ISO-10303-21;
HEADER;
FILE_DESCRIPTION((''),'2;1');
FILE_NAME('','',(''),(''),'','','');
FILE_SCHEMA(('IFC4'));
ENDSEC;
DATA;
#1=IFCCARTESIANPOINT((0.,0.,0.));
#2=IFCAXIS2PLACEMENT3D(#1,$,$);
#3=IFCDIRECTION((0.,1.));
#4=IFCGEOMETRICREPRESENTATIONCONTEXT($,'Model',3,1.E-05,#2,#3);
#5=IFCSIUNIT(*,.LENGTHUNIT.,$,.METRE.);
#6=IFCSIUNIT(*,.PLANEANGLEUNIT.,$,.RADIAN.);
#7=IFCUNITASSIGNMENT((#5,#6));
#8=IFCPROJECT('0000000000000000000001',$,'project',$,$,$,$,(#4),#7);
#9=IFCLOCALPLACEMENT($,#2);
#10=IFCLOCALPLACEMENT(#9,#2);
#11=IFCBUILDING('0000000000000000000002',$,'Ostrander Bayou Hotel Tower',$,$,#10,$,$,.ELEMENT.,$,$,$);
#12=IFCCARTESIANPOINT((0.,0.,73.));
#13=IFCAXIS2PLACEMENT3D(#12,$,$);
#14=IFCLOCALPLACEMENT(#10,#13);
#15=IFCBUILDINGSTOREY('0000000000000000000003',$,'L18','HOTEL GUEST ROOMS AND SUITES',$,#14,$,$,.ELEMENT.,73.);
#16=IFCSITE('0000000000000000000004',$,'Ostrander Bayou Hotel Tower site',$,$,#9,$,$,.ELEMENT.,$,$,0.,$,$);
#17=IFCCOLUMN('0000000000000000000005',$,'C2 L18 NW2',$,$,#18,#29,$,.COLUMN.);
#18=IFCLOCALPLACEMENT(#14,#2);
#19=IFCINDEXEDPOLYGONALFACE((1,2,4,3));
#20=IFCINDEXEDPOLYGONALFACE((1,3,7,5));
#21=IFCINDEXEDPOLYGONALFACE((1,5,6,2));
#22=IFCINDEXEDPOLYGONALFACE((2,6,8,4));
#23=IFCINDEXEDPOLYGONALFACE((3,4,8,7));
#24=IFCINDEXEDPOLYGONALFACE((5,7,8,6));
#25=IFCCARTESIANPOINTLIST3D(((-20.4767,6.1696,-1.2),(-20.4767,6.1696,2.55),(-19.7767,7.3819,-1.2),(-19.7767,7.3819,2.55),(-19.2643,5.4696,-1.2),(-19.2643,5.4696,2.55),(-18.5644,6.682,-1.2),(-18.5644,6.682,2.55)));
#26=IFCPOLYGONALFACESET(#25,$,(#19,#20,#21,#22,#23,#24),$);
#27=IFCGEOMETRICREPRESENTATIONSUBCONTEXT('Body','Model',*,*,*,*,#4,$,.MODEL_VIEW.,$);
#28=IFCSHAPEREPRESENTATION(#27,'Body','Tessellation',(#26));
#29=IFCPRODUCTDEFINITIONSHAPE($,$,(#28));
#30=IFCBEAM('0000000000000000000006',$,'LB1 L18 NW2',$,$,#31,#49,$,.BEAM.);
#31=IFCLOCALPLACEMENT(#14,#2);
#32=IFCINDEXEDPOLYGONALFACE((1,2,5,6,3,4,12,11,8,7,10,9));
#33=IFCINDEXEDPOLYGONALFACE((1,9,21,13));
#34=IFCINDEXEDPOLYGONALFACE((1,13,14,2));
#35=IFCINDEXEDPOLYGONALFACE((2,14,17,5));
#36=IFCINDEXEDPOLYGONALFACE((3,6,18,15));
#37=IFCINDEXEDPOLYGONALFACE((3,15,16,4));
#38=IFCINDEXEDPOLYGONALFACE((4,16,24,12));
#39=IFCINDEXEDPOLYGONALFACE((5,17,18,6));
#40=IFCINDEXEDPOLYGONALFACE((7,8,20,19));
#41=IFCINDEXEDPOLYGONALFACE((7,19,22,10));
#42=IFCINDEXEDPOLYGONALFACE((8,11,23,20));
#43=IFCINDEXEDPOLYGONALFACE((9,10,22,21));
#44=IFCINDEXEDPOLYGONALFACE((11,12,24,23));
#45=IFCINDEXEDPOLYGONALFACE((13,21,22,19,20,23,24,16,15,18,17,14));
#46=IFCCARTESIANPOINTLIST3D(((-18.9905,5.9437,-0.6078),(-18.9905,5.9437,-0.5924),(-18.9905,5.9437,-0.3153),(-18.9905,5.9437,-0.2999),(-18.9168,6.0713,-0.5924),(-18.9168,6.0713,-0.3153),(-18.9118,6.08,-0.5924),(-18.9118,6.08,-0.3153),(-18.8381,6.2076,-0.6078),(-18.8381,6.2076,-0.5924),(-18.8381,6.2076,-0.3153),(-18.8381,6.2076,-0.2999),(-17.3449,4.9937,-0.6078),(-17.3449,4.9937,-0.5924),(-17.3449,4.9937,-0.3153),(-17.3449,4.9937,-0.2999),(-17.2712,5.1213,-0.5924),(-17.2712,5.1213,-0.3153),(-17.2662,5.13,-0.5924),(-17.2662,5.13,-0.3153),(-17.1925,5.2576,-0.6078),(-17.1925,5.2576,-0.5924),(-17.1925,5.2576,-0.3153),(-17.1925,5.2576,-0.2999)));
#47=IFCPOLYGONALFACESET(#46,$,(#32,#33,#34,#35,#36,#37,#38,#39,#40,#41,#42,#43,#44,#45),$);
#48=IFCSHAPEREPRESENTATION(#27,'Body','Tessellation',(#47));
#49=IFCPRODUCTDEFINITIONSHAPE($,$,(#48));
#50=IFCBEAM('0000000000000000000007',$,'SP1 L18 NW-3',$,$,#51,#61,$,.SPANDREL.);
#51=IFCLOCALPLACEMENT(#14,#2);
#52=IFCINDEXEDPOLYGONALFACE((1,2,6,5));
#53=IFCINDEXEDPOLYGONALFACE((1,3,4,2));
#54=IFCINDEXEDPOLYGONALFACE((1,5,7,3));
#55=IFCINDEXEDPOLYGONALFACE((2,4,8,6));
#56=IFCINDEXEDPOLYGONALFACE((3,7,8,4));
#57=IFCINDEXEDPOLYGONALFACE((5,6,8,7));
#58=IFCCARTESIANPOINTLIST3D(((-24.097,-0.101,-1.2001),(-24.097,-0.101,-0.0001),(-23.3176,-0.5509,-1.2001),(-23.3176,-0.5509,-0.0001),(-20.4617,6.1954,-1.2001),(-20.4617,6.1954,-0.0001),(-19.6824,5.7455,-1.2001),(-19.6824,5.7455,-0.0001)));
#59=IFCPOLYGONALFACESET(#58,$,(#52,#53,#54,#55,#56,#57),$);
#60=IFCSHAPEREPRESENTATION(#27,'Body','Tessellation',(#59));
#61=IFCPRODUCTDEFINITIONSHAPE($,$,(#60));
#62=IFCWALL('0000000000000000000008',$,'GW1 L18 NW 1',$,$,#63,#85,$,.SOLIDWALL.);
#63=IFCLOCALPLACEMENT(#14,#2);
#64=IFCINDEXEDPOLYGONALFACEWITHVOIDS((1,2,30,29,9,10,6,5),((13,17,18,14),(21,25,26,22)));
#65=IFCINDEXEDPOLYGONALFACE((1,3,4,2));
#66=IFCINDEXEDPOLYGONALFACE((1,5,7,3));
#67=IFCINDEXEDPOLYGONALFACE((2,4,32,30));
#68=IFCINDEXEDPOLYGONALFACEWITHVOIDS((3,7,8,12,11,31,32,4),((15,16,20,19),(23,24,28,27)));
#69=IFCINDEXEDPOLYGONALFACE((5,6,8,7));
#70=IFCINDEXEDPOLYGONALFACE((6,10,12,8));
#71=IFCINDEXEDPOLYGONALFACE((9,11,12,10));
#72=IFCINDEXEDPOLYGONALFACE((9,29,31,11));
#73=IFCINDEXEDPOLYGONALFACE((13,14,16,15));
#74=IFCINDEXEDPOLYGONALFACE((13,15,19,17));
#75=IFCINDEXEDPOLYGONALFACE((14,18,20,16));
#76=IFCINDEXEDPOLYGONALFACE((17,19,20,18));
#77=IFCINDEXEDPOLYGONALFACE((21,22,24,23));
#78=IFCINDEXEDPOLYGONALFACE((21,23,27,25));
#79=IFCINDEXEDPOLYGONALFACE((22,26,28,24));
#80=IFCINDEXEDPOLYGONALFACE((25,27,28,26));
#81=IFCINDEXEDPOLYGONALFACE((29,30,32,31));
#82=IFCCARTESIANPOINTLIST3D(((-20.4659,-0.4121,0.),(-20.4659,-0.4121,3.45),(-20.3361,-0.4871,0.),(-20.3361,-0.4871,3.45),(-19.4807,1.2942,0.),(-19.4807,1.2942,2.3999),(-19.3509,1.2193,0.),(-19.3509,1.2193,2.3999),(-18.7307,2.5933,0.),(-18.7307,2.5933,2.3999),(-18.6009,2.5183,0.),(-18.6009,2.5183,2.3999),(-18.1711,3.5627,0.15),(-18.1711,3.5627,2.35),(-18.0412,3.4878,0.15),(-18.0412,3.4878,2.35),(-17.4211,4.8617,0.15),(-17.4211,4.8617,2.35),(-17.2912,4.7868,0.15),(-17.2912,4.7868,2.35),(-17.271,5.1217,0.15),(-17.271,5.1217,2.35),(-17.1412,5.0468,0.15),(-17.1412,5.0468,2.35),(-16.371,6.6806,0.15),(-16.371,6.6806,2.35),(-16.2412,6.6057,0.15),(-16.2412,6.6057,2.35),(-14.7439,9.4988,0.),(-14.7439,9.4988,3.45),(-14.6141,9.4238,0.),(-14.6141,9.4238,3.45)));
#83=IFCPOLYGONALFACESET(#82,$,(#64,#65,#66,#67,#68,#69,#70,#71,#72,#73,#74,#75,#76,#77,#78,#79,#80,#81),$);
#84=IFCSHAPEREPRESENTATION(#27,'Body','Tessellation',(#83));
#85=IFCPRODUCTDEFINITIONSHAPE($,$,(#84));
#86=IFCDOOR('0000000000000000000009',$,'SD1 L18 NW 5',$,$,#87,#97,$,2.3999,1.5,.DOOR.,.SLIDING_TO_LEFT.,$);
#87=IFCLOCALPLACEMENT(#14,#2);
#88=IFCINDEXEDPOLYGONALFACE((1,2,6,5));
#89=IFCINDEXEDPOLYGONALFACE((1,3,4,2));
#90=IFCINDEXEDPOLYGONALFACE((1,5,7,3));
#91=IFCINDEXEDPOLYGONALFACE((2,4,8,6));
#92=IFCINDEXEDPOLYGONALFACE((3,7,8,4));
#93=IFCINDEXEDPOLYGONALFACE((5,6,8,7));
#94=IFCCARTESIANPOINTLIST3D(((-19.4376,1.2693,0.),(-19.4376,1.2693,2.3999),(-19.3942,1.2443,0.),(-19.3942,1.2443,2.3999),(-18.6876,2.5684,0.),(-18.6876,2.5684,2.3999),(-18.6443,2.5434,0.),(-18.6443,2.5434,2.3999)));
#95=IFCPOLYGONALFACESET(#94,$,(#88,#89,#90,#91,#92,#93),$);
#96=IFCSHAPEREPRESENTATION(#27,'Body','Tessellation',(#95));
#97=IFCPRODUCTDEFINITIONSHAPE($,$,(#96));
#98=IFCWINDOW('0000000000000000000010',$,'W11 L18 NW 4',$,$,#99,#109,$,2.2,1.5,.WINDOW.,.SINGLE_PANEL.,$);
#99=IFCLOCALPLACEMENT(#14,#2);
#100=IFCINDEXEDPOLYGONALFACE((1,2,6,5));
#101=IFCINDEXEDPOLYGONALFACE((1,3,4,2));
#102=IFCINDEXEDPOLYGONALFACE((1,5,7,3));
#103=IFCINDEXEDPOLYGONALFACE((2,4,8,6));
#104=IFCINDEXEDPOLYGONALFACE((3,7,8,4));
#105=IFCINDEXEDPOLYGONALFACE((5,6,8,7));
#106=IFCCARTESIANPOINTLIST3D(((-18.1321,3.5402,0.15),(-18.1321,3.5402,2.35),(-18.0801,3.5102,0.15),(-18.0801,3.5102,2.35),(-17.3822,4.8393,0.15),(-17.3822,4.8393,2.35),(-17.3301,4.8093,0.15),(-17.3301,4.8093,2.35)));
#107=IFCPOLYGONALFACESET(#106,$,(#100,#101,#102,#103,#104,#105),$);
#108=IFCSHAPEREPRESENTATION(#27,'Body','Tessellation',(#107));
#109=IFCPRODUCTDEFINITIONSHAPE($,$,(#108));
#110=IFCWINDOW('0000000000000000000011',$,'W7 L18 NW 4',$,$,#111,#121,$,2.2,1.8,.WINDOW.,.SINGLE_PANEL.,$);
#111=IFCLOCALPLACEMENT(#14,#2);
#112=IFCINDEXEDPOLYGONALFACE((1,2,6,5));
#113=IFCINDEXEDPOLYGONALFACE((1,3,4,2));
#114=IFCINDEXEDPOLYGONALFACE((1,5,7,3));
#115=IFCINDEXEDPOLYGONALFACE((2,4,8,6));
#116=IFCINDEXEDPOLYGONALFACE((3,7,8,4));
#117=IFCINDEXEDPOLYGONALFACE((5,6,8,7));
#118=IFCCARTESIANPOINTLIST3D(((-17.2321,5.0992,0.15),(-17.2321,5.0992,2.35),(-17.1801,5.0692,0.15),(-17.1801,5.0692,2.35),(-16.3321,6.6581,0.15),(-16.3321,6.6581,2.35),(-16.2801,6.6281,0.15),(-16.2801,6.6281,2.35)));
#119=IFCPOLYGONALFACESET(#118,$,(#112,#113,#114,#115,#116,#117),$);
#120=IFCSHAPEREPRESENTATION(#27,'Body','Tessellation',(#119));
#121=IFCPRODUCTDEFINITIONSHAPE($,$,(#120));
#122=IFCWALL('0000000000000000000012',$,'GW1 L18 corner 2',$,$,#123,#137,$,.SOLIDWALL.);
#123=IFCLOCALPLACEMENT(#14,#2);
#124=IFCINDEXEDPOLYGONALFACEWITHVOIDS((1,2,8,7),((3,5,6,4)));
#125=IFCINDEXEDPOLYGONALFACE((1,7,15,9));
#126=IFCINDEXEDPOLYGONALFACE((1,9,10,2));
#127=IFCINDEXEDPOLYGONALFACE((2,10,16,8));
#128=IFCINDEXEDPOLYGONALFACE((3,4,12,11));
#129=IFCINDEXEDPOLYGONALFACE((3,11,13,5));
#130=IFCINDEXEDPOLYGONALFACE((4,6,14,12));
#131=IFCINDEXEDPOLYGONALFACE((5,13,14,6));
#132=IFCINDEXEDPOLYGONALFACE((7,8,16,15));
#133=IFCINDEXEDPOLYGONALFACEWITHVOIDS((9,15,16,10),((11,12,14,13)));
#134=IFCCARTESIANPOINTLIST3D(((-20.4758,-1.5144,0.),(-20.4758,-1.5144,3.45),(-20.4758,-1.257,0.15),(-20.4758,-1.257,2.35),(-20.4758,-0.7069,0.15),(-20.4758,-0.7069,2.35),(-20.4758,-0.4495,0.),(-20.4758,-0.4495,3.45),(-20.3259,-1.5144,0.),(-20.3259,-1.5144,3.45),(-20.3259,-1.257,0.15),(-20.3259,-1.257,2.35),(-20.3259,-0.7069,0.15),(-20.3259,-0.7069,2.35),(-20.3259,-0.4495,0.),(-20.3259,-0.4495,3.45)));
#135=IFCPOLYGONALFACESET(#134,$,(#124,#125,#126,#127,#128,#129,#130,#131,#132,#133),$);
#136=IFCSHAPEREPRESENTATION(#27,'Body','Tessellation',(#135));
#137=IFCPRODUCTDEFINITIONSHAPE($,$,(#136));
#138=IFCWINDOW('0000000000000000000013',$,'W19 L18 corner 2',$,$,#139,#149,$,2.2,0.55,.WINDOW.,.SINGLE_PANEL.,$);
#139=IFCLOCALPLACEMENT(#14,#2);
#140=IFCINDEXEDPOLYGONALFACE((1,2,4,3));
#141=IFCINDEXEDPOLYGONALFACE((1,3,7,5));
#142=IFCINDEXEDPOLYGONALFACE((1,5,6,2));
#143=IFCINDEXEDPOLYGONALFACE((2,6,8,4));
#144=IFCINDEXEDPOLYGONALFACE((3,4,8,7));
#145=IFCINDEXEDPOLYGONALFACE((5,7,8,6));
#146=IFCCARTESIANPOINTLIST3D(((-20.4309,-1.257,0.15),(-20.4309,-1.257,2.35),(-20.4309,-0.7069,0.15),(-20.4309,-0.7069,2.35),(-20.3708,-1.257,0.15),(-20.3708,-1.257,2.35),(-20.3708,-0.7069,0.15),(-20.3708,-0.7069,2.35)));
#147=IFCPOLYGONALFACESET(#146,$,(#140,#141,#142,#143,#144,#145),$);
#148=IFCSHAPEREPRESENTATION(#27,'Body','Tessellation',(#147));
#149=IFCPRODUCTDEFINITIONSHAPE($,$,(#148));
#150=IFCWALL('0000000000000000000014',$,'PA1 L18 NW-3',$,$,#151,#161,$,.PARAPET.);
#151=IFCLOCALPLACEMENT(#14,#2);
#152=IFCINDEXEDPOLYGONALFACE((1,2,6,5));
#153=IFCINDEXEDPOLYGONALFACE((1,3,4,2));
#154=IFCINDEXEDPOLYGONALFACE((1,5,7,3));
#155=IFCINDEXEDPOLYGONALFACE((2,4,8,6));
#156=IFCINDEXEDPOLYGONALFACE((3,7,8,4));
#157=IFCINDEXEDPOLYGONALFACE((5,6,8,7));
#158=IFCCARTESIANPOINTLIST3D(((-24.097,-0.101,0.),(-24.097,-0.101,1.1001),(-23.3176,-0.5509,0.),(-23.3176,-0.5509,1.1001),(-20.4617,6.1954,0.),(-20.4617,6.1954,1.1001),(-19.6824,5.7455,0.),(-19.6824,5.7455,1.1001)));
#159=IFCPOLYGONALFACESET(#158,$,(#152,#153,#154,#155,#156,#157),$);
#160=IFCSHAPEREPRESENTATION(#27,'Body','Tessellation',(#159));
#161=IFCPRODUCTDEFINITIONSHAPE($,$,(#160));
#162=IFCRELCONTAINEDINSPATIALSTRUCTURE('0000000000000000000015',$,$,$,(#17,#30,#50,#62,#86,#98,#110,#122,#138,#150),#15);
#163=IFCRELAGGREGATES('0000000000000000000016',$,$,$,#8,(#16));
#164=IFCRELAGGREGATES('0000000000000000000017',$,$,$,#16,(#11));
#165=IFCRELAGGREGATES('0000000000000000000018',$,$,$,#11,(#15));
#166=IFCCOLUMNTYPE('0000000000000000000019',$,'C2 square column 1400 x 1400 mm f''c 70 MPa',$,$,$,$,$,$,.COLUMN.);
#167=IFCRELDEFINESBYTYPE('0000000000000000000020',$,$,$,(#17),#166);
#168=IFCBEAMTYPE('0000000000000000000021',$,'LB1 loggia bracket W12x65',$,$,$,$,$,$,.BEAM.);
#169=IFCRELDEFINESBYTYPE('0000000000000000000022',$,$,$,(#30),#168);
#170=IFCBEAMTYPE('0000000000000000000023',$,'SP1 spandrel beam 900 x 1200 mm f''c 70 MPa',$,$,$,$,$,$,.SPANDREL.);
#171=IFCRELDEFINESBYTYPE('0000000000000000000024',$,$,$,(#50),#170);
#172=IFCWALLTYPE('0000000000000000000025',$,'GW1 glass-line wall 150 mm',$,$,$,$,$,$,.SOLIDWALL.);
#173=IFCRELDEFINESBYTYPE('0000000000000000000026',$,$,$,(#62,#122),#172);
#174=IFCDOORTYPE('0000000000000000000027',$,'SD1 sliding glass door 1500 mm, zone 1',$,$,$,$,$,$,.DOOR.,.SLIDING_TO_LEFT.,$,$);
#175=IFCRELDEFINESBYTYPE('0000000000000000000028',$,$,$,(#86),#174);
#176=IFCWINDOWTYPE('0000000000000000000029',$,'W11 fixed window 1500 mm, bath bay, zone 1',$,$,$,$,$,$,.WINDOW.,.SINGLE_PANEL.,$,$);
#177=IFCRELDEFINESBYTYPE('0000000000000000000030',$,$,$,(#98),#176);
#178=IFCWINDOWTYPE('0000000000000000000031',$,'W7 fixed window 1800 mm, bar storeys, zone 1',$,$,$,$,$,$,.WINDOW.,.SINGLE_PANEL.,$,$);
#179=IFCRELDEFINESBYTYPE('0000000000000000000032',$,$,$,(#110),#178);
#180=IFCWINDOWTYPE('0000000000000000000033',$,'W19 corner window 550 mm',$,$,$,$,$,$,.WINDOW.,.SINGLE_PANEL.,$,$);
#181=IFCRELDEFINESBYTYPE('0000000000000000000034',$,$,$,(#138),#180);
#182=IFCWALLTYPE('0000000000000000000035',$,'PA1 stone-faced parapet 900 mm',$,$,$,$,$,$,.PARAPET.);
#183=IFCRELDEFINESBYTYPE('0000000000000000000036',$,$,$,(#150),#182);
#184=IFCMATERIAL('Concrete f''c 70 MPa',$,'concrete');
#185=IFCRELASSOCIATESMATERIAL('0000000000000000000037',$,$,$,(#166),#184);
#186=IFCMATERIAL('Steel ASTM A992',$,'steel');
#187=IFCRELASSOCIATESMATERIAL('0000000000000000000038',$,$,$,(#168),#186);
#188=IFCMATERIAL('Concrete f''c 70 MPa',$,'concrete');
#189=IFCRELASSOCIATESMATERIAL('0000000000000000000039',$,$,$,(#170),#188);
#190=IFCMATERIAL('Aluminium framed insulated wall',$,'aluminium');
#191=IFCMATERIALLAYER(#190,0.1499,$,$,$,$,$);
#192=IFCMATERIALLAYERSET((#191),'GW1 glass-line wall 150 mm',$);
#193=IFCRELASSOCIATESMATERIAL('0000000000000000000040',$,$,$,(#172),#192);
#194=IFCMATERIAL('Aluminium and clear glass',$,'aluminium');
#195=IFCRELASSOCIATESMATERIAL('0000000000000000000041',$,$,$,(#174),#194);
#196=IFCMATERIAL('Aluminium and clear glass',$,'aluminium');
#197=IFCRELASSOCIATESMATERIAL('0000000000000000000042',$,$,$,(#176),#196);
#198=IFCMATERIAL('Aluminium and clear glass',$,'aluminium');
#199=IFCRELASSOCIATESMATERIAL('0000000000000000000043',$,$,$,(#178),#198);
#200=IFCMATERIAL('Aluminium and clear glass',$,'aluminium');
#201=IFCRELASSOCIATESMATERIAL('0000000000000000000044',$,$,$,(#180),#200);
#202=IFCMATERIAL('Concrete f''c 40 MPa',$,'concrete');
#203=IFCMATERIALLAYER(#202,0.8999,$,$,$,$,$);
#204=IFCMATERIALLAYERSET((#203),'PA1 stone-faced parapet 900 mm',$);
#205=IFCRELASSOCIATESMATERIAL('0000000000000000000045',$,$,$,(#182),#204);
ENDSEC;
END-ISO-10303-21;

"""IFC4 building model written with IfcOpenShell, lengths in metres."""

from ifc_helpers import new_model, si_unit, direction, frame, frame_2d, origin, origin_2d, place, context, subcontext, project, spatial, rectangle, i_section, extrude, material, layer, layer_set, material_profile, profile_set, type_object, element, fill, save


model = new_model("IFC4")

# Units and contexts
model_context = context("Model", 3, precision=1e-05, world=origin(), true_north=direction((0.0, 1.0)))
body_context = subcontext(model_context, "Body", "Model", "MODEL_VIEW")
ifc_project = project(units=[si_unit("LENGTHUNIT", "METRE"), si_unit("PLANEANGLEUNIT", "RADIAN")], contexts=[model_context])

# Site, building, storey
site_placement = place(None, origin())
site = spatial("IfcSite", under=ifc_project, at=site_placement, Name="Ostrander Bayou Hotel Tower site", CompositionType="ELEMENT", RefElevation=0.0)
building_placement = place(site_placement, origin())
building = spatial("IfcBuilding", under=site, at=building_placement, Name="Ostrander Bayou Hotel Tower", CompositionType="ELEMENT")
storey_placement = place(building_placement, frame((0.0, 0.0, 73.0)))
storey = spatial("IfcBuildingStorey", under=building, at=storey_placement, Name="L18", Description="HOTEL GUEST ROOMS AND SUITES", CompositionType="ELEMENT", Elevation=73.0)

# Column
ifc_material_1 = material(Name="Concrete f'c 70 MPa", Category="concrete")
ifc_material_profile_1 = material_profile(ifc_material_1, rectangle(XDim=1.3999, YDim=1.3999, at=origin_2d()))
ifc_profile_set_1 = profile_set([ifc_material_profile_1], Name="Concrete f'c 70 MPa")
column_type = type_object("IfcColumnType", Name="C2 square column 1400 x 1400 mm f'c 70 MPa", PredefinedType="COLUMN", material=ifc_profile_set_1)
column_placement = place(storey_placement, frame((-19.5205, 6.4258, -1.2), z_axis=(0.0, 0.0, 1.0), x_axis=(0.5, 0.866025, 0.0)))
element("IfcColumn", 1, at=column_placement, inside=storey, type_object=column_type, Name="C2 L18 NW2", PredefinedType="COLUMN", context=body_context, shape_type="SweptSolid", body=[
    extrude(rectangle(XDim=1.3999, YDim=1.3999, at=origin_2d()), origin(), (0.0, 0.0, 1.0), 3.75),
])

# Beams
ifc_material_2 = material(Name="Steel ASTM A992", Category="steel")
ifc_material_profile_2 = material_profile(ifc_material_2, i_section(OverallWidth=0.3047, OverallDepth=0.3079, WebThickness=0.01, FlangeThickness=0.0154, at=origin_2d()))
ifc_profile_set_2 = profile_set([ifc_material_profile_2], Name="Steel ASTM A992")
beam_type_1 = type_object("IfcBeamType", Name="LB1 loggia bracket W12x65", PredefinedType="BEAM", material=ifc_profile_set_2)
beam_1_placement = place(storey_placement, frame((-18.9143, 6.0757, -0.4539), z_axis=(0.866044, -0.499967, 0.0), x_axis=(0.499967, 0.866044, 0.0)))
element("IfcBeam", 2, at=beam_1_placement, inside=storey, type_object=beam_type_1, Name="LB1 L18 NW2", PredefinedType="BEAM", context=body_context, shape_type="SweptSolid", body=[
    extrude(i_section(OverallWidth=0.3047, OverallDepth=0.3079, WebThickness=0.01, FlangeThickness=0.0154, at=origin_2d()), origin(), (0.0, 0.0, 1.0), 1.9001),
])
ifc_material_3 = material(Name="Concrete f'c 70 MPa", Category="concrete")
ifc_material_profile_3 = material_profile(ifc_material_3, rectangle(XDim=0.8999, YDim=1.2, at=origin_2d()))
ifc_profile_set_3 = profile_set([ifc_material_profile_3], Name="Concrete f'c 70 MPa")
beam_type_2 = type_object("IfcBeamType", Name="SP1 spandrel beam 900 x 1200 mm f'c 70 MPa", PredefinedType="SPANDREL", material=ifc_profile_set_3)
beam_2_placement = place(storey_placement, frame((-20.072, 5.9705, -0.6001), z_axis=(-0.500003, -0.866023, 0.0), x_axis=(0.866023, -0.500003, 0.0)))
element("IfcBeam", 3, at=beam_2_placement, inside=storey, type_object=beam_type_2, Name="SP1 L18 NW-3", PredefinedType="SPANDREL", context=body_context, shape_type="SweptSolid", body=[
    extrude(rectangle(XDim=0.8999, YDim=1.2, at=origin_2d()), origin(), (0.0, 0.0, 1.0), 7.2705),
])

# Wall, openings, door, windows
ifc_material_4 = material(Name="Aluminium framed insulated wall", Category="aluminium")
ifc_layer_1 = layer(ifc_material_4, 0.1499)
ifc_layer_set_1 = layer_set([ifc_layer_1], Name="GW1 glass-line wall 150 mm")
wall_type_1 = type_object("IfcWallType", Name="GW1 glass-line wall 150 mm", PredefinedType="SOLIDWALL", material=ifc_layer_set_1)
wall_1_placement = place(storey_placement, frame((-14.679, 9.4614, 0.0), z_axis=(0.0, 0.0, 1.0), x_axis=(-0.499991, -0.86603, 0.0)))
wall_1 = element("IfcWall", 4, at=wall_1_placement, inside=storey, type_object=wall_type_1, Name="GW1 L18 NW 1", PredefinedType="SOLIDWALL", context=body_context, shape_type="SweptSolid", body=[
    extrude(rectangle(XDim=11.4441, YDim=0.1499, at=frame_2d((5.7222, 0.0))), origin(), (0.0, 0.0, 1.0), 3.45),
])
opening_1_placement = place(wall_1_placement, frame((3.2544, 0.0, 0.1499)))
opening_1 = element("IfcOpeningElement", 5, at=opening_1_placement, cuts=wall_1, PredefinedType="OPENING", context=body_context, shape_type="SweptSolid", body=[
    extrude(rectangle(XDim=1.8, YDim=2.2, at=frame_2d((0.8999, 1.1001))), frame((0.0, 0.075, 0.0), z_axis=(0.0, -1.0, 0.0), x_axis=(1.0, 0.0, 0.0)), (0.0, 0.0, 1.0), 0.1499),
])
opening_2_placement = place(wall_1_placement, frame((5.3545, 0.0, 0.1499)))
opening_2 = element("IfcOpeningElement", 6, at=opening_2_placement, cuts=wall_1, PredefinedType="OPENING", context=body_context, shape_type="SweptSolid", body=[
    extrude(rectangle(XDim=1.5, YDim=2.2, at=frame_2d((0.75, 1.1001))), frame((0.0, 0.075, 0.0), z_axis=(0.0, -1.0, 0.0), x_axis=(1.0, 0.0, 0.0)), (0.0, 0.0, 1.0), 0.1499),
])
opening_3_placement = place(wall_1_placement, frame((7.9739, 0.0, 0.0)))
opening_3 = element("IfcOpeningElement", 7, at=opening_3_placement, cuts=wall_1, PredefinedType="OPENING", context=body_context, shape_type="SweptSolid", body=[
    extrude(rectangle(XDim=1.5, YDim=2.3999, at=frame_2d((0.75, 1.2))), frame((0.0, 0.075, 0.0), z_axis=(0.0, -1.0, 0.0), x_axis=(1.0, 0.0, 0.0)), (0.0, 0.0, 1.0), 0.1499),
])
ifc_material_5 = material(Name="Aluminium and clear glass", Category="aluminium")
door_type_1 = type_object("IfcDoorType", Name="SD1 sliding glass door 1500 mm, zone 1", OperationType="SLIDING_TO_LEFT", PredefinedType="DOOR", material=ifc_material_5)
door_1_placement = place(opening_3_placement, origin())
door_1 = element("IfcDoor", 8, at=door_1_placement, inside=storey, type_object=door_type_1, Name="SD1 L18 NW 5", OperationType="SLIDING_TO_LEFT", OverallHeight=2.3999, OverallWidth=1.5, PredefinedType="DOOR", context=body_context, shape_type="SweptSolid", body=[
    extrude(rectangle(XDim=1.5, YDim=2.3999, at=frame_2d((0.75, 1.2))), frame((0.0, 0.0249, 0.0), z_axis=(0.0, -1.0, 0.0), x_axis=(1.0, 0.0, 0.0)), (0.0, 0.0, 1.0), 0.05),
])
fill(opening_3, door_1)
ifc_material_6 = material(Name="Aluminium and clear glass", Category="aluminium")
window_type_1 = type_object("IfcWindowType", Name="W11 fixed window 1500 mm, bath bay, zone 1", PartitioningType="SINGLE_PANEL", PredefinedType="WINDOW", material=ifc_material_6)
window_1_placement = place(opening_2_placement, origin())
window_1 = element("IfcWindow", 9, at=window_1_placement, inside=storey, type_object=window_type_1, Name="W11 L18 NW 4", OverallHeight=2.2, OverallWidth=1.5, PartitioningType="SINGLE_PANEL", PredefinedType="WINDOW", context=body_context, shape_type="SweptSolid", body=[
    extrude(rectangle(XDim=1.5, YDim=2.2, at=frame_2d((0.75, 1.1001))), frame((0.0, 0.03, 0.0), z_axis=(0.0, -1.0, 0.0), x_axis=(1.0, 0.0, 0.0)), (0.0, 0.0, 1.0), 0.0601),
])
fill(opening_2, window_1)
ifc_material_7 = material(Name="Aluminium and clear glass", Category="aluminium")
window_type_2 = type_object("IfcWindowType", Name="W7 fixed window 1800 mm, bar storeys, zone 1", PartitioningType="SINGLE_PANEL", PredefinedType="WINDOW", material=ifc_material_7)
window_2_placement = place(opening_1_placement, origin())
window_2 = element("IfcWindow", 10, at=window_2_placement, inside=storey, type_object=window_type_2, Name="W7 L18 NW 4", OverallHeight=2.2, OverallWidth=1.8, PartitioningType="SINGLE_PANEL", PredefinedType="WINDOW", context=body_context, shape_type="SweptSolid", body=[
    extrude(rectangle(XDim=1.8, YDim=2.2, at=frame_2d((0.8999, 1.1001))), frame((0.0, 0.03, 0.0), z_axis=(0.0, -1.0, 0.0), x_axis=(1.0, 0.0, 0.0)), (0.0, 0.0, 1.0), 0.0601),
])
fill(opening_1, window_2)

# Wall, opening, window
wall_2_placement = place(storey_placement, frame((-20.4009, -0.4495, 0.0), z_axis=(0.0, 0.0, 1.0), x_axis=(0.0, -1.0, 0.0)))
wall_2 = element("IfcWall", 11, at=wall_2_placement, inside=storey, type_object=wall_type_1, Name="GW1 L18 corner 2", PredefinedType="SOLIDWALL", context=body_context, shape_type="SweptSolid", body=[
    extrude(rectangle(XDim=1.0649, YDim=0.1499, at=frame_2d((0.5325, 0.0))), origin(), (0.0, 0.0, 1.0), 3.45),
])
opening_4_placement = place(wall_2_placement, frame((0.2576, 0.0, 0.1499)))
opening_4 = element("IfcOpeningElement", 12, at=opening_4_placement, cuts=wall_2, PredefinedType="OPENING", context=body_context, shape_type="SweptSolid", body=[
    extrude(rectangle(XDim=0.55, YDim=2.2, at=frame_2d((0.2749, 1.1001))), frame((0.0, 0.075, 0.0), z_axis=(0.0, -1.0, 0.0), x_axis=(1.0, 0.0, 0.0)), (0.0, 0.0, 1.0), 0.1499),
])
ifc_material_8 = material(Name="Aluminium and clear glass", Category="aluminium")
window_type_3 = type_object("IfcWindowType", Name="W19 corner window 550 mm", PartitioningType="SINGLE_PANEL", PredefinedType="WINDOW", material=ifc_material_8)
window_3_placement = place(opening_4_placement, origin())
window_3 = element("IfcWindow", 13, at=window_3_placement, inside=storey, type_object=window_type_3, Name="W19 L18 corner 2", OverallHeight=2.2, OverallWidth=0.55, PartitioningType="SINGLE_PANEL", PredefinedType="WINDOW", context=body_context, shape_type="SweptSolid", body=[
    extrude(rectangle(XDim=0.55, YDim=2.2, at=frame_2d((0.2749, 1.1001))), frame((0.0, 0.03, 0.0), z_axis=(0.0, -1.0, 0.0), x_axis=(1.0, 0.0, 0.0)), (0.0, 0.0, 1.0), 0.0601),
])
fill(opening_4, window_3)

# Wall
ifc_material_9 = material(Name="Concrete f'c 40 MPa", Category="concrete")
ifc_layer_2 = layer(ifc_material_9, 0.8999)
ifc_layer_set_2 = layer_set([ifc_layer_2], Name="PA1 stone-faced parapet 900 mm")
wall_type_2 = type_object("IfcWallType", Name="PA1 stone-faced parapet 900 mm", PredefinedType="PARAPET", material=ifc_layer_set_2)
wall_3_placement = place(storey_placement, frame((-20.072, 5.9705, 0.0), z_axis=(0.0, 0.0, 1.0), x_axis=(-0.500003, -0.866023, 0.0)))
element("IfcWall", 14, at=wall_3_placement, inside=storey, type_object=wall_type_2, Name="PA1 L18 NW-3", PredefinedType="PARAPET", context=body_context, shape_type="SweptSolid", body=[
    extrude(rectangle(XDim=7.2705, YDim=0.8999, at=frame_2d((3.6353, 0.0))), origin(), (0.0, 0.0, 1.0), 1.1001),
])

save(model, "model.ifc")
